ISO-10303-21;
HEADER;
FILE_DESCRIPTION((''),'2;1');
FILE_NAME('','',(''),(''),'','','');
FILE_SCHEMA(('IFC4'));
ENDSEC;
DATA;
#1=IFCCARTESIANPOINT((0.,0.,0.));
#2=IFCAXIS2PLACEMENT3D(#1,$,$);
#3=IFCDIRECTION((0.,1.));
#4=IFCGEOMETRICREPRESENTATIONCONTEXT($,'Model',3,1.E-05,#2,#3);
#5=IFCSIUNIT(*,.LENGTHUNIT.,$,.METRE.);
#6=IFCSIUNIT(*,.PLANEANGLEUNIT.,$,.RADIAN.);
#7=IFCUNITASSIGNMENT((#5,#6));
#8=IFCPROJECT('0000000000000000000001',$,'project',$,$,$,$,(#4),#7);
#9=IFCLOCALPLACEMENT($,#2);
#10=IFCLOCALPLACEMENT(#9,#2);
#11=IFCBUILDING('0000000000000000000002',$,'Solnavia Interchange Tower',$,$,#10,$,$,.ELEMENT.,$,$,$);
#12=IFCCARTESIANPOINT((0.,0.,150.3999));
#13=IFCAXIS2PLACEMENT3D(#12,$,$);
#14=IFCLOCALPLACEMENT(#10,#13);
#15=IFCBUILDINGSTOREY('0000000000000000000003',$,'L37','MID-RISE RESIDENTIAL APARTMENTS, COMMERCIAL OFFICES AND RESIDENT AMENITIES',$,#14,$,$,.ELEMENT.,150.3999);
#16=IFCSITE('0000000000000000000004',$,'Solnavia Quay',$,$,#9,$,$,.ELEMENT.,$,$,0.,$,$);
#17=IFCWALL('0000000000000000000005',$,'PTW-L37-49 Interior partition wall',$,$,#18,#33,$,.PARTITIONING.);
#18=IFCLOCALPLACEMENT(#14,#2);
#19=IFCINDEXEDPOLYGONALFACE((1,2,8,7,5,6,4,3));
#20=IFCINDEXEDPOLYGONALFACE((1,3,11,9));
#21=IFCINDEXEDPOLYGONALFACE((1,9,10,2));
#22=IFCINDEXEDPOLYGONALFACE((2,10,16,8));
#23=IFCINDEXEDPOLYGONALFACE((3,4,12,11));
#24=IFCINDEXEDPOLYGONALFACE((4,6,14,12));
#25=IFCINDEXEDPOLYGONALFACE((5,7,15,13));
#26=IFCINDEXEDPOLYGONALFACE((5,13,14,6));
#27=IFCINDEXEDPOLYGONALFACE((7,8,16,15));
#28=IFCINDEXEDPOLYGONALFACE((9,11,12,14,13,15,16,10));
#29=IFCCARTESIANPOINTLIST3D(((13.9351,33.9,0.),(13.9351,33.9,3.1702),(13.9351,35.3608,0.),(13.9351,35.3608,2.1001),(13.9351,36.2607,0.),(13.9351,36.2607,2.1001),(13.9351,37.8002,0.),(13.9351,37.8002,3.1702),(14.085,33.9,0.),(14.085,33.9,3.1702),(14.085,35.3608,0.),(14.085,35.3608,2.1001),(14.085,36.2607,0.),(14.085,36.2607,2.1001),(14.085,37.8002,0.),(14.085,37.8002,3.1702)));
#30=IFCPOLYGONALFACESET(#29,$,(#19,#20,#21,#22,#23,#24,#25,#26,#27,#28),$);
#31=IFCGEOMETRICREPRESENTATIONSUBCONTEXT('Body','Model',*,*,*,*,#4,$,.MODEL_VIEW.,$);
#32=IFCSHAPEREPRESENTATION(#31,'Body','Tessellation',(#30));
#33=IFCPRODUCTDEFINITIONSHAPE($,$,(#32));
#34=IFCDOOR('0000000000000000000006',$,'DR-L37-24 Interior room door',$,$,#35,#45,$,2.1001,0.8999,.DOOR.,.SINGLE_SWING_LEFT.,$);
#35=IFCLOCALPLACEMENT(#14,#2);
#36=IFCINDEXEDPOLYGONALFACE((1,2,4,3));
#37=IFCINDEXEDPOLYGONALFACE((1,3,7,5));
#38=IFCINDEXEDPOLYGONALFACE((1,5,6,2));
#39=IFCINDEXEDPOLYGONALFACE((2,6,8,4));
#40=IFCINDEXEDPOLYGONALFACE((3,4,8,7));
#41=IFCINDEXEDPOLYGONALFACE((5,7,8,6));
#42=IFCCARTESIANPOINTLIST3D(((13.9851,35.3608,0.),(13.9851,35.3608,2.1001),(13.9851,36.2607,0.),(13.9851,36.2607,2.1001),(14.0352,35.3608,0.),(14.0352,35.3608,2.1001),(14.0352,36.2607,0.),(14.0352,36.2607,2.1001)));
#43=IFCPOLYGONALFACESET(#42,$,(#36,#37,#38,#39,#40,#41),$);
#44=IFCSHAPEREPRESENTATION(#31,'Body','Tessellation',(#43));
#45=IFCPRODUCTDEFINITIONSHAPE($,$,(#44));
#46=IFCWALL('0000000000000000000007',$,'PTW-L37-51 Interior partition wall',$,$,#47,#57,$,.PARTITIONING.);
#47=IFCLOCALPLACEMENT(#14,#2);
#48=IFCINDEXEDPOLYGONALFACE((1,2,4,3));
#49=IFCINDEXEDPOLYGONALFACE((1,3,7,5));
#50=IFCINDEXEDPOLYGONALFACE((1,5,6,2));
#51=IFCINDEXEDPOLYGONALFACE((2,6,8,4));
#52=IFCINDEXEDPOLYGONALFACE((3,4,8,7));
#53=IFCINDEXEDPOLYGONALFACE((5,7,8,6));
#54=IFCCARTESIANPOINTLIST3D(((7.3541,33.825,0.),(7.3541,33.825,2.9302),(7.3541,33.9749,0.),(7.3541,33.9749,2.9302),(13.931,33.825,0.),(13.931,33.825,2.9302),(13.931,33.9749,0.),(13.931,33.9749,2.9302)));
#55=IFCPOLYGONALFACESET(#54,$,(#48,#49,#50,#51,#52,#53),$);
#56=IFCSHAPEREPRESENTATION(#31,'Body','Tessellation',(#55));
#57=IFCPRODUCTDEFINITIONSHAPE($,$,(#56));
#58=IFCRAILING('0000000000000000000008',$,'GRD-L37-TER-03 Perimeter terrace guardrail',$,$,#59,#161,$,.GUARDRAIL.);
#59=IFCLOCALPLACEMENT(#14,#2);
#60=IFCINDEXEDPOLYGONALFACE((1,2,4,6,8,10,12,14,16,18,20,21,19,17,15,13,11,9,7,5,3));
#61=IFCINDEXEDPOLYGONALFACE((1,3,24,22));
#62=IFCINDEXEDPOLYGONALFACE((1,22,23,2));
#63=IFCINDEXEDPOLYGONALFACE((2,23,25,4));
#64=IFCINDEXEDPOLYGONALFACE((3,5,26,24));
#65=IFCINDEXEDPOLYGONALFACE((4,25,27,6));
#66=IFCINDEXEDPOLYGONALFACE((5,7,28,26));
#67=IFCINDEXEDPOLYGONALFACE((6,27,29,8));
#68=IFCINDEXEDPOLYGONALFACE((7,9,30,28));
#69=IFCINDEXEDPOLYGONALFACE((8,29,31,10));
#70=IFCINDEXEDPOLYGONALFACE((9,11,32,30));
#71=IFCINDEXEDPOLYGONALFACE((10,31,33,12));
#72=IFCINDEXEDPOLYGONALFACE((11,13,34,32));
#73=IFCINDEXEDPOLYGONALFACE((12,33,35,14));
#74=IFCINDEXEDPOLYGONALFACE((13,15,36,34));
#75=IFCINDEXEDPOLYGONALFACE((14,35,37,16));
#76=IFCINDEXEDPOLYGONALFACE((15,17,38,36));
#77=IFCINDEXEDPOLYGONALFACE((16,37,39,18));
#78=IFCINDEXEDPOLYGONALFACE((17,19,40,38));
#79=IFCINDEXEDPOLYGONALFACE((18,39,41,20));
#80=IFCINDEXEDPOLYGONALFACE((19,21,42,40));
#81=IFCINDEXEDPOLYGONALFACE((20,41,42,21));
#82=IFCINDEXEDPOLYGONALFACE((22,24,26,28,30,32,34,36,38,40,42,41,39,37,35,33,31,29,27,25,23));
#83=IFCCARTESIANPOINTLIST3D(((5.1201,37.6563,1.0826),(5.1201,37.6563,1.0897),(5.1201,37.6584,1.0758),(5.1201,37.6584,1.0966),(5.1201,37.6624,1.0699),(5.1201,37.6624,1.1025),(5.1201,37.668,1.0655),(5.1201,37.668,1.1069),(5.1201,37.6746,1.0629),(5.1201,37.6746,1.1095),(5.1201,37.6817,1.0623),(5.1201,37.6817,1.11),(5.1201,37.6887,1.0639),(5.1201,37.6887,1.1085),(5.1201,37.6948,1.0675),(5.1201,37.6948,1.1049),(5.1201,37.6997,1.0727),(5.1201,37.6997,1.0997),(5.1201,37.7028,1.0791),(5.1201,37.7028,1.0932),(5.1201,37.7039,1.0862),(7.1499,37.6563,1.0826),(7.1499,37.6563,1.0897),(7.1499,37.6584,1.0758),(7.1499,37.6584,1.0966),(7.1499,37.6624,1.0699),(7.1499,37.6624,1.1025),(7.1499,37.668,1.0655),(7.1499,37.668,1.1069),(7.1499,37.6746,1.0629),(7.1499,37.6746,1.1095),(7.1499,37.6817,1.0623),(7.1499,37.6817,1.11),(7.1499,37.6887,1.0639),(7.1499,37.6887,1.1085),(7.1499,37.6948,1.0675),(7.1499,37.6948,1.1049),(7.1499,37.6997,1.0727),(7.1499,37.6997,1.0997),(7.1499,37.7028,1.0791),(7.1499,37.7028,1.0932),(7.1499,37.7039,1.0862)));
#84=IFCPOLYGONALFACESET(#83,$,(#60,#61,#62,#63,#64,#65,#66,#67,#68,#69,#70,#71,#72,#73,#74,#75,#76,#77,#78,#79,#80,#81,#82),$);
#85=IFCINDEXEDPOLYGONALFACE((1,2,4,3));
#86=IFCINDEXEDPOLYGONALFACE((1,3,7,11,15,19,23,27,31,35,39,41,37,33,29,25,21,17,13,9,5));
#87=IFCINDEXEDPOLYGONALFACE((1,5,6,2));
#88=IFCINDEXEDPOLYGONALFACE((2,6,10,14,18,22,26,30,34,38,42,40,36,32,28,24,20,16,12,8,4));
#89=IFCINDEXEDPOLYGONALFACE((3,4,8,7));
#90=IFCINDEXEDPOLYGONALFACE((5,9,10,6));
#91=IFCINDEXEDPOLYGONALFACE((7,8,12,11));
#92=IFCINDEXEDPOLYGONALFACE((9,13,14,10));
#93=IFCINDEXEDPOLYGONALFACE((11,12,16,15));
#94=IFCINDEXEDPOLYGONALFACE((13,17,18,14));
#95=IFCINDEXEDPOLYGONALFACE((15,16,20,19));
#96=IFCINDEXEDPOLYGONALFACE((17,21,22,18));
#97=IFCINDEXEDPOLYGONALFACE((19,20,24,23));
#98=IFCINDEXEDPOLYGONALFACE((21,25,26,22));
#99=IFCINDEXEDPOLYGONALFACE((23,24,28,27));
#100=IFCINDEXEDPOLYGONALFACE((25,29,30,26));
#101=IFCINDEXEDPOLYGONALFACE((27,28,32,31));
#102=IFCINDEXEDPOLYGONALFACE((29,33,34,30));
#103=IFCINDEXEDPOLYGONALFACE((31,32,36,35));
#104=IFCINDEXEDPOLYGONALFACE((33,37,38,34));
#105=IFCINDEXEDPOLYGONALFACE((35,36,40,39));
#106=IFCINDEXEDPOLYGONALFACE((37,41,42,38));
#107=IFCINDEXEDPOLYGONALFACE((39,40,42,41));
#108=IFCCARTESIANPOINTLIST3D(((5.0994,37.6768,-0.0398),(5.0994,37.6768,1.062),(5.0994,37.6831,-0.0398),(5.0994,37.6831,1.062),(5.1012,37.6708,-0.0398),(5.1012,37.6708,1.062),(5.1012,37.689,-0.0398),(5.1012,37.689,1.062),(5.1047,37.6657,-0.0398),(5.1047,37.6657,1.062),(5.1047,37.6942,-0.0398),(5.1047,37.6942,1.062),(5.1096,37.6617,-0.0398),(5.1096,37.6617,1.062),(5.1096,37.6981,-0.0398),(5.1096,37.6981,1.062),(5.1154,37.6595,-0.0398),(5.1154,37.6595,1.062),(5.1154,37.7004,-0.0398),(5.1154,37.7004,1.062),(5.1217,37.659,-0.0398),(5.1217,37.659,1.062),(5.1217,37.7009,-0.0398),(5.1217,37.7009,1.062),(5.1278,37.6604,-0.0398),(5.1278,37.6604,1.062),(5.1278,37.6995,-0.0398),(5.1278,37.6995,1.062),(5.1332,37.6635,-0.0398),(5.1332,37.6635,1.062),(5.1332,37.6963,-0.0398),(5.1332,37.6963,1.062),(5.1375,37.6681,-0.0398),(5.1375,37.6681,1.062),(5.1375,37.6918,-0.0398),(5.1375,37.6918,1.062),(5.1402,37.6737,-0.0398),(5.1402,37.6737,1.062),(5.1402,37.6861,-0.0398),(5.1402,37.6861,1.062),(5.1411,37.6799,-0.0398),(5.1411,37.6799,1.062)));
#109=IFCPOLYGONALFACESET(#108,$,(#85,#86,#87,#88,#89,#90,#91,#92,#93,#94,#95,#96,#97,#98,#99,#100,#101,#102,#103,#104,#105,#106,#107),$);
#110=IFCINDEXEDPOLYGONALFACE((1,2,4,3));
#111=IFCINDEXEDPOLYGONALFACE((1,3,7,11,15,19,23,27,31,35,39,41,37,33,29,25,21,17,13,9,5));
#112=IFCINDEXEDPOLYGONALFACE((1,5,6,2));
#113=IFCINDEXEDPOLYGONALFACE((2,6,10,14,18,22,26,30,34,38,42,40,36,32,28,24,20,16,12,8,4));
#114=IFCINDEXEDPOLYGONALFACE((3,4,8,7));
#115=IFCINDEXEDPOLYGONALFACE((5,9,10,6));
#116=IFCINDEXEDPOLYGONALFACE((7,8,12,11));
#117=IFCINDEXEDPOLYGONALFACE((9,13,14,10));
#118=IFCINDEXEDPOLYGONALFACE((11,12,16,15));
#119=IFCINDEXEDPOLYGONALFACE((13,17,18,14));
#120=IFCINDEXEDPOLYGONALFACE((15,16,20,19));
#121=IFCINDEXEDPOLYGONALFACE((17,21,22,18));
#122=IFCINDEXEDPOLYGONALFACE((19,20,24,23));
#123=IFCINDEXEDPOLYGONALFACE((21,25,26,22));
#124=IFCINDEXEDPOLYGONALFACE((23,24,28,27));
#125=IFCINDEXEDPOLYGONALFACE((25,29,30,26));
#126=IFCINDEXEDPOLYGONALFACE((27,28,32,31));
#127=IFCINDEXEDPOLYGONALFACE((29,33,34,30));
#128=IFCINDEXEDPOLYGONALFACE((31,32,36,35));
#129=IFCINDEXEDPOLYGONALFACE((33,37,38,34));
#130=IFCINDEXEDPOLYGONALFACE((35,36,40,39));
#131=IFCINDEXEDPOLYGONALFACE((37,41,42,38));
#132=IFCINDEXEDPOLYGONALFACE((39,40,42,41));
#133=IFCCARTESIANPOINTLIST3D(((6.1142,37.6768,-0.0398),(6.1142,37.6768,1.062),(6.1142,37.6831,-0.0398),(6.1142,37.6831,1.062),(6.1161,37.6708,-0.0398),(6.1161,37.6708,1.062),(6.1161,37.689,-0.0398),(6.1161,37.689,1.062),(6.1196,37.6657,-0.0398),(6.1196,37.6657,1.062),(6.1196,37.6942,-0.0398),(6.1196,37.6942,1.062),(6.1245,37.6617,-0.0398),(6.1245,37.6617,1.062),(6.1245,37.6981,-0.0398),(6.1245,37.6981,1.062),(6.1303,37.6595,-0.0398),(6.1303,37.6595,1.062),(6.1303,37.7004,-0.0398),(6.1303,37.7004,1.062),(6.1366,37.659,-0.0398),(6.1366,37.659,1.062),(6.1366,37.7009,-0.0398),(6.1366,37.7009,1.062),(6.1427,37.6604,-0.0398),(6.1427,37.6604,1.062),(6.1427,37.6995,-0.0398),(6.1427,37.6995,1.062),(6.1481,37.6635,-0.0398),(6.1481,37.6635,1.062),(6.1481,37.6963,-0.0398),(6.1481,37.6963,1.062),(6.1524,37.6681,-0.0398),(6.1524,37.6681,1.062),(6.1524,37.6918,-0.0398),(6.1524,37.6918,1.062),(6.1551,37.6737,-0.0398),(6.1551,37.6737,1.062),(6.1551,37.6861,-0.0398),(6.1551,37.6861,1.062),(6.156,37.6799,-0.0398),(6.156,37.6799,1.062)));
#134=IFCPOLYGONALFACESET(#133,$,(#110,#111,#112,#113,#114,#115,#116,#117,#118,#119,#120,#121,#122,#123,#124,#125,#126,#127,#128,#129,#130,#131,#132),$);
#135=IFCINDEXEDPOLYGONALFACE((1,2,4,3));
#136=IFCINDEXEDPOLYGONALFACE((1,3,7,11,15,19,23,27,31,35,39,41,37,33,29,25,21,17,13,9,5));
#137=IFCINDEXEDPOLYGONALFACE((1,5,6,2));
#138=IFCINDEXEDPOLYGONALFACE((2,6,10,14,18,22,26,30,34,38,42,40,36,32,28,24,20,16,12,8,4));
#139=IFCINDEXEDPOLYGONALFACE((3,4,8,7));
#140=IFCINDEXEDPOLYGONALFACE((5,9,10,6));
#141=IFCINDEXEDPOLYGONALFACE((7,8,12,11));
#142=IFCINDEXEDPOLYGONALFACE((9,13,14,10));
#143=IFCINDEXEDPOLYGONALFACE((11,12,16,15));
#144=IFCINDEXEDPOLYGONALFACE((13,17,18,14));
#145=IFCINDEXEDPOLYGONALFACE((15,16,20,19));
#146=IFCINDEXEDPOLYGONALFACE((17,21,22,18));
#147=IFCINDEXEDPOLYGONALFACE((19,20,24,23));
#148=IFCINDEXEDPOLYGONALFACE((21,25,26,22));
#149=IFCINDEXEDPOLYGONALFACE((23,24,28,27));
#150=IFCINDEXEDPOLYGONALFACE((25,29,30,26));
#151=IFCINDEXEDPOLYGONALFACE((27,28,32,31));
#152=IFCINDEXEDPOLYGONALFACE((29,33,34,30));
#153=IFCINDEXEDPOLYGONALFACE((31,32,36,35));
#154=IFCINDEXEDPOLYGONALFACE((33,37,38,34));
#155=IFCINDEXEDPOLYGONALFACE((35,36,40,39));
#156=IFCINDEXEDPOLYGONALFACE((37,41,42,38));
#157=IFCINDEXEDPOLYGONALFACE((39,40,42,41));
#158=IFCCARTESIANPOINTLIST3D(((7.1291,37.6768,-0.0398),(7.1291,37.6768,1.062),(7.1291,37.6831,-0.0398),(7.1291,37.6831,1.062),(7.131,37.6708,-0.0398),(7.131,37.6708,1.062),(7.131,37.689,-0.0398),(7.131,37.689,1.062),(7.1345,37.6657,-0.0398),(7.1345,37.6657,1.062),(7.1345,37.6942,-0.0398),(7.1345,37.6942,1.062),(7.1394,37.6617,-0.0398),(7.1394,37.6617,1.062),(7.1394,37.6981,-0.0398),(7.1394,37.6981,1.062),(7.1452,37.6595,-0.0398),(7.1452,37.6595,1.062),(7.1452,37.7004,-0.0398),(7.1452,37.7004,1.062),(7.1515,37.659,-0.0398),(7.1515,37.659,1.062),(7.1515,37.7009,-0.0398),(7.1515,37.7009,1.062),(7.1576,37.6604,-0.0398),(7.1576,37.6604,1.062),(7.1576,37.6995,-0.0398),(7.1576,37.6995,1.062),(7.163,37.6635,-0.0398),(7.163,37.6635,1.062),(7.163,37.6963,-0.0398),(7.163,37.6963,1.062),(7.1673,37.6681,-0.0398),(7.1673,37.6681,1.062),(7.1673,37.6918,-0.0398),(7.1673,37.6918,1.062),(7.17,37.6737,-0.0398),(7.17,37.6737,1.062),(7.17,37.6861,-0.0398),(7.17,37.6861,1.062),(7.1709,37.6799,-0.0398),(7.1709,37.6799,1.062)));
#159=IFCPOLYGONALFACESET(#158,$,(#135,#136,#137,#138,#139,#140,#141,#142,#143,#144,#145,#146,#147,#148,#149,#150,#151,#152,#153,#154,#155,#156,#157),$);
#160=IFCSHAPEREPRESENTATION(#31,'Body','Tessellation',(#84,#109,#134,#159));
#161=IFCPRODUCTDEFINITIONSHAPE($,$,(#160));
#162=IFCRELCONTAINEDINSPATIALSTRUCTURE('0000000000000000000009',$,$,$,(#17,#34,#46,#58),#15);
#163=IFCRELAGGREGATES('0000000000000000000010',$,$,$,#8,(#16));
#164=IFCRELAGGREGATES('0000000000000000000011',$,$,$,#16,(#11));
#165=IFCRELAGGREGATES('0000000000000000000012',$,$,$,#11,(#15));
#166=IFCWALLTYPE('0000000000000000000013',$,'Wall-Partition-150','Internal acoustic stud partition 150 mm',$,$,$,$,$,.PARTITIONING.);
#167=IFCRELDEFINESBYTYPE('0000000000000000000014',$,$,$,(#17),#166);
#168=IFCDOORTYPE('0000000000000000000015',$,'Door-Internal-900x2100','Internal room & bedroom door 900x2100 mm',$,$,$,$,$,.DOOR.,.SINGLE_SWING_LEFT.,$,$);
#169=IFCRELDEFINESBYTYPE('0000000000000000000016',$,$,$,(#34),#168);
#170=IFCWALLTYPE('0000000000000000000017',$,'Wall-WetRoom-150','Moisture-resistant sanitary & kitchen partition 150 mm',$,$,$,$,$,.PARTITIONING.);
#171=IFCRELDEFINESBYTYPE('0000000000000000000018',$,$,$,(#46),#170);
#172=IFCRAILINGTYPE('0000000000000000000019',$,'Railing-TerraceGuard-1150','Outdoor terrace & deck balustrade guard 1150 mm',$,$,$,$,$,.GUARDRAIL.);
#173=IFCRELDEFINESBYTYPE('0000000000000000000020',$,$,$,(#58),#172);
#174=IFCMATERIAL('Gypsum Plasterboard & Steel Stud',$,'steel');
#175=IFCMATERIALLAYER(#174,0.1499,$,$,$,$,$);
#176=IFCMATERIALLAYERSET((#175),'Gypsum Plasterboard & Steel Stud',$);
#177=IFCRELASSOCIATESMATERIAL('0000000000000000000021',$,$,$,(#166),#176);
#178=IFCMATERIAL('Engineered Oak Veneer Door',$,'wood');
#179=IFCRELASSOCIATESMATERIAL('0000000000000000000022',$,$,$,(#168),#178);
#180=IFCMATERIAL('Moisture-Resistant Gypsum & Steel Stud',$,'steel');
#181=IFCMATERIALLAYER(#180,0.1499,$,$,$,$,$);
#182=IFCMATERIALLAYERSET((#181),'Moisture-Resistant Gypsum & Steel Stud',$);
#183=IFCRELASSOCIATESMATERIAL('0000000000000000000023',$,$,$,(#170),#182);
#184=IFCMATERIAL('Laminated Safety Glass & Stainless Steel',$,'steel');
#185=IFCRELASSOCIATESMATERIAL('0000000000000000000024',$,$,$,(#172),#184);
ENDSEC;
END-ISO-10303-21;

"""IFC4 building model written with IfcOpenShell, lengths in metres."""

from ifc_helpers import new_model, si_unit, direction, frame, frame_2d, origin, origin_2d, place, context, subcontext, project, spatial, rectangle, circle, extrude, material, layer, layer_set, type_object, element, fill, save


model = new_model("IFC4")

# Units and contexts
model_context = context("Model", 3, precision=1e-05, world=origin(), true_north=direction((0.0, 1.0)))
body_context = subcontext(model_context, "Body", "Model", "MODEL_VIEW")
ifc_project = project(units=[si_unit("LENGTHUNIT", "METRE"), si_unit("PLANEANGLEUNIT", "RADIAN")], contexts=[model_context])

# Site, building, storey
site_placement = place(None, origin())
site = spatial("IfcSite", under=ifc_project, at=site_placement, Name="Solnavia Quay", CompositionType="ELEMENT", RefElevation=0.0)
building_placement = place(site_placement, origin())
building = spatial("IfcBuilding", under=site, at=building_placement, Name="Solnavia Interchange Tower", CompositionType="ELEMENT")
storey_placement = place(building_placement, frame((0.0, 0.0, 150.3999)))
storey = spatial("IfcBuildingStorey", under=building, at=storey_placement, Name="L37", Description="MID-RISE RESIDENTIAL APARTMENTS, COMMERCIAL OFFICES AND RESIDENT AMENITIES", CompositionType="ELEMENT", Elevation=150.3999)

# Wall, opening, door
ifc_material_1 = material(Name="Gypsum Plasterboard & Steel Stud", Category="steel")
ifc_layer_1 = layer(ifc_material_1, 0.1499)
ifc_layer_set_1 = layer_set([ifc_layer_1], Name="Gypsum Plasterboard & Steel Stud")
wall_type_1 = type_object("IfcWallType", Name="Wall-Partition-150", Description="Internal acoustic stud partition 150 mm", PredefinedType="PARTITIONING", material=ifc_layer_set_1)
wall_1_placement = place(storey_placement, frame((14.01, 33.8999, 0.0), z_axis=(0.0, 0.0, 1.0), x_axis=(0.0, 1.0, 0.0)))
wall_1 = element("IfcWall", 1, at=wall_1_placement, inside=storey, type_object=wall_type_1, Name="PTW-L37-49 Interior partition wall", PredefinedType="PARTITIONING", context=body_context, shape_type="SweptSolid", body=[
    extrude(rectangle(XDim=3.9001, YDim=0.1499, at=frame_2d((1.9502, 0.0))), origin(), (0.0, 0.0, 1.0), 3.1702),
])
opening_placement = place(wall_1_placement, frame((1.4609, 0.0, 0.0)))
opening = element("IfcOpeningElement", 2, at=opening_placement, cuts=wall_1, PredefinedType="OPENING", context=body_context, shape_type="SweptSolid", body=[
    extrude(rectangle(XDim=0.8999, YDim=2.1001, at=frame_2d((0.45, 1.05))), frame((0.0, 0.085, 0.0), z_axis=(0.0, -1.0, 0.0), x_axis=(1.0, 0.0, 0.0)), (0.0, 0.0, 1.0), 0.1699),
])
ifc_material_2 = material(Name="Engineered Oak Veneer Door", Category="wood")
door_type = type_object("IfcDoorType", Name="Door-Internal-900x2100", Description="Internal room & bedroom door 900x2100 mm", OperationType="SINGLE_SWING_LEFT", PredefinedType="DOOR", material=ifc_material_2)
door_placement = place(opening_placement, origin())
door = element("IfcDoor", 3, at=door_placement, inside=storey, type_object=door_type, Name="DR-L37-24 Interior room door", OperationType="SINGLE_SWING_LEFT", OverallHeight=2.1001, OverallWidth=0.8999, PredefinedType="DOOR", context=body_context, shape_type="SweptSolid", body=[
    extrude(rectangle(XDim=0.8999, YDim=2.1001, at=frame_2d((0.45, 1.05))), frame((0.0, 0.0249, 0.0), z_axis=(0.0, -1.0, 0.0), x_axis=(1.0, 0.0, 0.0)), (0.0, 0.0, 1.0), 0.05),
])
fill(opening, door)

# Wall
ifc_material_3 = material(Name="Moisture-Resistant Gypsum & Steel Stud", Category="steel")
ifc_layer_2 = layer(ifc_material_3, 0.1499)
ifc_layer_set_2 = layer_set([ifc_layer_2], Name="Moisture-Resistant Gypsum & Steel Stud")
wall_type_2 = type_object("IfcWallType", Name="Wall-WetRoom-150", Description="Moisture-resistant sanitary & kitchen partition 150 mm", PredefinedType="PARTITIONING", material=ifc_layer_set_2)
wall_2_placement = place(storey_placement, frame((7.354, 33.8999, 0.0), z_axis=(0.0, 0.0, 1.0), x_axis=(1.0, 0.0, 0.0)))
element("IfcWall", 4, at=wall_2_placement, inside=storey, type_object=wall_type_2, Name="PTW-L37-51 Interior partition wall", PredefinedType="PARTITIONING", context=body_context, shape_type="SweptSolid", body=[
    extrude(rectangle(XDim=6.5769, YDim=0.1499, at=frame_2d((3.2886, 0.0))), origin(), (0.0, 0.0, 1.0), 2.9302),
])

# Railing
ifc_material_4 = material(Name="Laminated Safety Glass & Stainless Steel", Category="steel")
railing_type = type_object("IfcRailingType", Name="Railing-TerraceGuard-1150", Description="Outdoor terrace & deck balustrade guard 1150 mm", PredefinedType="GUARDRAIL", material=ifc_material_4)
railing_placement = place(storey_placement, frame((5.1201, 37.6799, -0.0398)))
element("IfcRailing", 5, at=railing_placement, inside=storey, type_object=railing_type, Name="GRD-L37-TER-03 Perimeter terrace guardrail", PredefinedType="GUARDRAIL", context=body_context, shape_type="SweptSolid", body=[
    extrude(circle(Radius=0.0239, at=origin_2d()), frame((0.0, 0.0, 1.126), z_axis=(1.0, 0.0, 0.0), x_axis=(0.0, 1.0, 0.0)), (0.0, 0.0, 1.0), 2.0298),
    extrude(circle(Radius=0.021, at=origin_2d()), origin(), (0.0, 0.0, 1.0), 1.1018),
    extrude(circle(Radius=0.021, at=origin_2d()), frame((1.0149, 0.0, 0.0)), (0.0, 0.0, 1.0), 1.1018),
    extrude(circle(Radius=0.021, at=origin_2d()), frame((2.0298, 0.0, 0.0)), (0.0, 0.0, 1.0), 1.1018),
])

save(model, "model.ifc")
